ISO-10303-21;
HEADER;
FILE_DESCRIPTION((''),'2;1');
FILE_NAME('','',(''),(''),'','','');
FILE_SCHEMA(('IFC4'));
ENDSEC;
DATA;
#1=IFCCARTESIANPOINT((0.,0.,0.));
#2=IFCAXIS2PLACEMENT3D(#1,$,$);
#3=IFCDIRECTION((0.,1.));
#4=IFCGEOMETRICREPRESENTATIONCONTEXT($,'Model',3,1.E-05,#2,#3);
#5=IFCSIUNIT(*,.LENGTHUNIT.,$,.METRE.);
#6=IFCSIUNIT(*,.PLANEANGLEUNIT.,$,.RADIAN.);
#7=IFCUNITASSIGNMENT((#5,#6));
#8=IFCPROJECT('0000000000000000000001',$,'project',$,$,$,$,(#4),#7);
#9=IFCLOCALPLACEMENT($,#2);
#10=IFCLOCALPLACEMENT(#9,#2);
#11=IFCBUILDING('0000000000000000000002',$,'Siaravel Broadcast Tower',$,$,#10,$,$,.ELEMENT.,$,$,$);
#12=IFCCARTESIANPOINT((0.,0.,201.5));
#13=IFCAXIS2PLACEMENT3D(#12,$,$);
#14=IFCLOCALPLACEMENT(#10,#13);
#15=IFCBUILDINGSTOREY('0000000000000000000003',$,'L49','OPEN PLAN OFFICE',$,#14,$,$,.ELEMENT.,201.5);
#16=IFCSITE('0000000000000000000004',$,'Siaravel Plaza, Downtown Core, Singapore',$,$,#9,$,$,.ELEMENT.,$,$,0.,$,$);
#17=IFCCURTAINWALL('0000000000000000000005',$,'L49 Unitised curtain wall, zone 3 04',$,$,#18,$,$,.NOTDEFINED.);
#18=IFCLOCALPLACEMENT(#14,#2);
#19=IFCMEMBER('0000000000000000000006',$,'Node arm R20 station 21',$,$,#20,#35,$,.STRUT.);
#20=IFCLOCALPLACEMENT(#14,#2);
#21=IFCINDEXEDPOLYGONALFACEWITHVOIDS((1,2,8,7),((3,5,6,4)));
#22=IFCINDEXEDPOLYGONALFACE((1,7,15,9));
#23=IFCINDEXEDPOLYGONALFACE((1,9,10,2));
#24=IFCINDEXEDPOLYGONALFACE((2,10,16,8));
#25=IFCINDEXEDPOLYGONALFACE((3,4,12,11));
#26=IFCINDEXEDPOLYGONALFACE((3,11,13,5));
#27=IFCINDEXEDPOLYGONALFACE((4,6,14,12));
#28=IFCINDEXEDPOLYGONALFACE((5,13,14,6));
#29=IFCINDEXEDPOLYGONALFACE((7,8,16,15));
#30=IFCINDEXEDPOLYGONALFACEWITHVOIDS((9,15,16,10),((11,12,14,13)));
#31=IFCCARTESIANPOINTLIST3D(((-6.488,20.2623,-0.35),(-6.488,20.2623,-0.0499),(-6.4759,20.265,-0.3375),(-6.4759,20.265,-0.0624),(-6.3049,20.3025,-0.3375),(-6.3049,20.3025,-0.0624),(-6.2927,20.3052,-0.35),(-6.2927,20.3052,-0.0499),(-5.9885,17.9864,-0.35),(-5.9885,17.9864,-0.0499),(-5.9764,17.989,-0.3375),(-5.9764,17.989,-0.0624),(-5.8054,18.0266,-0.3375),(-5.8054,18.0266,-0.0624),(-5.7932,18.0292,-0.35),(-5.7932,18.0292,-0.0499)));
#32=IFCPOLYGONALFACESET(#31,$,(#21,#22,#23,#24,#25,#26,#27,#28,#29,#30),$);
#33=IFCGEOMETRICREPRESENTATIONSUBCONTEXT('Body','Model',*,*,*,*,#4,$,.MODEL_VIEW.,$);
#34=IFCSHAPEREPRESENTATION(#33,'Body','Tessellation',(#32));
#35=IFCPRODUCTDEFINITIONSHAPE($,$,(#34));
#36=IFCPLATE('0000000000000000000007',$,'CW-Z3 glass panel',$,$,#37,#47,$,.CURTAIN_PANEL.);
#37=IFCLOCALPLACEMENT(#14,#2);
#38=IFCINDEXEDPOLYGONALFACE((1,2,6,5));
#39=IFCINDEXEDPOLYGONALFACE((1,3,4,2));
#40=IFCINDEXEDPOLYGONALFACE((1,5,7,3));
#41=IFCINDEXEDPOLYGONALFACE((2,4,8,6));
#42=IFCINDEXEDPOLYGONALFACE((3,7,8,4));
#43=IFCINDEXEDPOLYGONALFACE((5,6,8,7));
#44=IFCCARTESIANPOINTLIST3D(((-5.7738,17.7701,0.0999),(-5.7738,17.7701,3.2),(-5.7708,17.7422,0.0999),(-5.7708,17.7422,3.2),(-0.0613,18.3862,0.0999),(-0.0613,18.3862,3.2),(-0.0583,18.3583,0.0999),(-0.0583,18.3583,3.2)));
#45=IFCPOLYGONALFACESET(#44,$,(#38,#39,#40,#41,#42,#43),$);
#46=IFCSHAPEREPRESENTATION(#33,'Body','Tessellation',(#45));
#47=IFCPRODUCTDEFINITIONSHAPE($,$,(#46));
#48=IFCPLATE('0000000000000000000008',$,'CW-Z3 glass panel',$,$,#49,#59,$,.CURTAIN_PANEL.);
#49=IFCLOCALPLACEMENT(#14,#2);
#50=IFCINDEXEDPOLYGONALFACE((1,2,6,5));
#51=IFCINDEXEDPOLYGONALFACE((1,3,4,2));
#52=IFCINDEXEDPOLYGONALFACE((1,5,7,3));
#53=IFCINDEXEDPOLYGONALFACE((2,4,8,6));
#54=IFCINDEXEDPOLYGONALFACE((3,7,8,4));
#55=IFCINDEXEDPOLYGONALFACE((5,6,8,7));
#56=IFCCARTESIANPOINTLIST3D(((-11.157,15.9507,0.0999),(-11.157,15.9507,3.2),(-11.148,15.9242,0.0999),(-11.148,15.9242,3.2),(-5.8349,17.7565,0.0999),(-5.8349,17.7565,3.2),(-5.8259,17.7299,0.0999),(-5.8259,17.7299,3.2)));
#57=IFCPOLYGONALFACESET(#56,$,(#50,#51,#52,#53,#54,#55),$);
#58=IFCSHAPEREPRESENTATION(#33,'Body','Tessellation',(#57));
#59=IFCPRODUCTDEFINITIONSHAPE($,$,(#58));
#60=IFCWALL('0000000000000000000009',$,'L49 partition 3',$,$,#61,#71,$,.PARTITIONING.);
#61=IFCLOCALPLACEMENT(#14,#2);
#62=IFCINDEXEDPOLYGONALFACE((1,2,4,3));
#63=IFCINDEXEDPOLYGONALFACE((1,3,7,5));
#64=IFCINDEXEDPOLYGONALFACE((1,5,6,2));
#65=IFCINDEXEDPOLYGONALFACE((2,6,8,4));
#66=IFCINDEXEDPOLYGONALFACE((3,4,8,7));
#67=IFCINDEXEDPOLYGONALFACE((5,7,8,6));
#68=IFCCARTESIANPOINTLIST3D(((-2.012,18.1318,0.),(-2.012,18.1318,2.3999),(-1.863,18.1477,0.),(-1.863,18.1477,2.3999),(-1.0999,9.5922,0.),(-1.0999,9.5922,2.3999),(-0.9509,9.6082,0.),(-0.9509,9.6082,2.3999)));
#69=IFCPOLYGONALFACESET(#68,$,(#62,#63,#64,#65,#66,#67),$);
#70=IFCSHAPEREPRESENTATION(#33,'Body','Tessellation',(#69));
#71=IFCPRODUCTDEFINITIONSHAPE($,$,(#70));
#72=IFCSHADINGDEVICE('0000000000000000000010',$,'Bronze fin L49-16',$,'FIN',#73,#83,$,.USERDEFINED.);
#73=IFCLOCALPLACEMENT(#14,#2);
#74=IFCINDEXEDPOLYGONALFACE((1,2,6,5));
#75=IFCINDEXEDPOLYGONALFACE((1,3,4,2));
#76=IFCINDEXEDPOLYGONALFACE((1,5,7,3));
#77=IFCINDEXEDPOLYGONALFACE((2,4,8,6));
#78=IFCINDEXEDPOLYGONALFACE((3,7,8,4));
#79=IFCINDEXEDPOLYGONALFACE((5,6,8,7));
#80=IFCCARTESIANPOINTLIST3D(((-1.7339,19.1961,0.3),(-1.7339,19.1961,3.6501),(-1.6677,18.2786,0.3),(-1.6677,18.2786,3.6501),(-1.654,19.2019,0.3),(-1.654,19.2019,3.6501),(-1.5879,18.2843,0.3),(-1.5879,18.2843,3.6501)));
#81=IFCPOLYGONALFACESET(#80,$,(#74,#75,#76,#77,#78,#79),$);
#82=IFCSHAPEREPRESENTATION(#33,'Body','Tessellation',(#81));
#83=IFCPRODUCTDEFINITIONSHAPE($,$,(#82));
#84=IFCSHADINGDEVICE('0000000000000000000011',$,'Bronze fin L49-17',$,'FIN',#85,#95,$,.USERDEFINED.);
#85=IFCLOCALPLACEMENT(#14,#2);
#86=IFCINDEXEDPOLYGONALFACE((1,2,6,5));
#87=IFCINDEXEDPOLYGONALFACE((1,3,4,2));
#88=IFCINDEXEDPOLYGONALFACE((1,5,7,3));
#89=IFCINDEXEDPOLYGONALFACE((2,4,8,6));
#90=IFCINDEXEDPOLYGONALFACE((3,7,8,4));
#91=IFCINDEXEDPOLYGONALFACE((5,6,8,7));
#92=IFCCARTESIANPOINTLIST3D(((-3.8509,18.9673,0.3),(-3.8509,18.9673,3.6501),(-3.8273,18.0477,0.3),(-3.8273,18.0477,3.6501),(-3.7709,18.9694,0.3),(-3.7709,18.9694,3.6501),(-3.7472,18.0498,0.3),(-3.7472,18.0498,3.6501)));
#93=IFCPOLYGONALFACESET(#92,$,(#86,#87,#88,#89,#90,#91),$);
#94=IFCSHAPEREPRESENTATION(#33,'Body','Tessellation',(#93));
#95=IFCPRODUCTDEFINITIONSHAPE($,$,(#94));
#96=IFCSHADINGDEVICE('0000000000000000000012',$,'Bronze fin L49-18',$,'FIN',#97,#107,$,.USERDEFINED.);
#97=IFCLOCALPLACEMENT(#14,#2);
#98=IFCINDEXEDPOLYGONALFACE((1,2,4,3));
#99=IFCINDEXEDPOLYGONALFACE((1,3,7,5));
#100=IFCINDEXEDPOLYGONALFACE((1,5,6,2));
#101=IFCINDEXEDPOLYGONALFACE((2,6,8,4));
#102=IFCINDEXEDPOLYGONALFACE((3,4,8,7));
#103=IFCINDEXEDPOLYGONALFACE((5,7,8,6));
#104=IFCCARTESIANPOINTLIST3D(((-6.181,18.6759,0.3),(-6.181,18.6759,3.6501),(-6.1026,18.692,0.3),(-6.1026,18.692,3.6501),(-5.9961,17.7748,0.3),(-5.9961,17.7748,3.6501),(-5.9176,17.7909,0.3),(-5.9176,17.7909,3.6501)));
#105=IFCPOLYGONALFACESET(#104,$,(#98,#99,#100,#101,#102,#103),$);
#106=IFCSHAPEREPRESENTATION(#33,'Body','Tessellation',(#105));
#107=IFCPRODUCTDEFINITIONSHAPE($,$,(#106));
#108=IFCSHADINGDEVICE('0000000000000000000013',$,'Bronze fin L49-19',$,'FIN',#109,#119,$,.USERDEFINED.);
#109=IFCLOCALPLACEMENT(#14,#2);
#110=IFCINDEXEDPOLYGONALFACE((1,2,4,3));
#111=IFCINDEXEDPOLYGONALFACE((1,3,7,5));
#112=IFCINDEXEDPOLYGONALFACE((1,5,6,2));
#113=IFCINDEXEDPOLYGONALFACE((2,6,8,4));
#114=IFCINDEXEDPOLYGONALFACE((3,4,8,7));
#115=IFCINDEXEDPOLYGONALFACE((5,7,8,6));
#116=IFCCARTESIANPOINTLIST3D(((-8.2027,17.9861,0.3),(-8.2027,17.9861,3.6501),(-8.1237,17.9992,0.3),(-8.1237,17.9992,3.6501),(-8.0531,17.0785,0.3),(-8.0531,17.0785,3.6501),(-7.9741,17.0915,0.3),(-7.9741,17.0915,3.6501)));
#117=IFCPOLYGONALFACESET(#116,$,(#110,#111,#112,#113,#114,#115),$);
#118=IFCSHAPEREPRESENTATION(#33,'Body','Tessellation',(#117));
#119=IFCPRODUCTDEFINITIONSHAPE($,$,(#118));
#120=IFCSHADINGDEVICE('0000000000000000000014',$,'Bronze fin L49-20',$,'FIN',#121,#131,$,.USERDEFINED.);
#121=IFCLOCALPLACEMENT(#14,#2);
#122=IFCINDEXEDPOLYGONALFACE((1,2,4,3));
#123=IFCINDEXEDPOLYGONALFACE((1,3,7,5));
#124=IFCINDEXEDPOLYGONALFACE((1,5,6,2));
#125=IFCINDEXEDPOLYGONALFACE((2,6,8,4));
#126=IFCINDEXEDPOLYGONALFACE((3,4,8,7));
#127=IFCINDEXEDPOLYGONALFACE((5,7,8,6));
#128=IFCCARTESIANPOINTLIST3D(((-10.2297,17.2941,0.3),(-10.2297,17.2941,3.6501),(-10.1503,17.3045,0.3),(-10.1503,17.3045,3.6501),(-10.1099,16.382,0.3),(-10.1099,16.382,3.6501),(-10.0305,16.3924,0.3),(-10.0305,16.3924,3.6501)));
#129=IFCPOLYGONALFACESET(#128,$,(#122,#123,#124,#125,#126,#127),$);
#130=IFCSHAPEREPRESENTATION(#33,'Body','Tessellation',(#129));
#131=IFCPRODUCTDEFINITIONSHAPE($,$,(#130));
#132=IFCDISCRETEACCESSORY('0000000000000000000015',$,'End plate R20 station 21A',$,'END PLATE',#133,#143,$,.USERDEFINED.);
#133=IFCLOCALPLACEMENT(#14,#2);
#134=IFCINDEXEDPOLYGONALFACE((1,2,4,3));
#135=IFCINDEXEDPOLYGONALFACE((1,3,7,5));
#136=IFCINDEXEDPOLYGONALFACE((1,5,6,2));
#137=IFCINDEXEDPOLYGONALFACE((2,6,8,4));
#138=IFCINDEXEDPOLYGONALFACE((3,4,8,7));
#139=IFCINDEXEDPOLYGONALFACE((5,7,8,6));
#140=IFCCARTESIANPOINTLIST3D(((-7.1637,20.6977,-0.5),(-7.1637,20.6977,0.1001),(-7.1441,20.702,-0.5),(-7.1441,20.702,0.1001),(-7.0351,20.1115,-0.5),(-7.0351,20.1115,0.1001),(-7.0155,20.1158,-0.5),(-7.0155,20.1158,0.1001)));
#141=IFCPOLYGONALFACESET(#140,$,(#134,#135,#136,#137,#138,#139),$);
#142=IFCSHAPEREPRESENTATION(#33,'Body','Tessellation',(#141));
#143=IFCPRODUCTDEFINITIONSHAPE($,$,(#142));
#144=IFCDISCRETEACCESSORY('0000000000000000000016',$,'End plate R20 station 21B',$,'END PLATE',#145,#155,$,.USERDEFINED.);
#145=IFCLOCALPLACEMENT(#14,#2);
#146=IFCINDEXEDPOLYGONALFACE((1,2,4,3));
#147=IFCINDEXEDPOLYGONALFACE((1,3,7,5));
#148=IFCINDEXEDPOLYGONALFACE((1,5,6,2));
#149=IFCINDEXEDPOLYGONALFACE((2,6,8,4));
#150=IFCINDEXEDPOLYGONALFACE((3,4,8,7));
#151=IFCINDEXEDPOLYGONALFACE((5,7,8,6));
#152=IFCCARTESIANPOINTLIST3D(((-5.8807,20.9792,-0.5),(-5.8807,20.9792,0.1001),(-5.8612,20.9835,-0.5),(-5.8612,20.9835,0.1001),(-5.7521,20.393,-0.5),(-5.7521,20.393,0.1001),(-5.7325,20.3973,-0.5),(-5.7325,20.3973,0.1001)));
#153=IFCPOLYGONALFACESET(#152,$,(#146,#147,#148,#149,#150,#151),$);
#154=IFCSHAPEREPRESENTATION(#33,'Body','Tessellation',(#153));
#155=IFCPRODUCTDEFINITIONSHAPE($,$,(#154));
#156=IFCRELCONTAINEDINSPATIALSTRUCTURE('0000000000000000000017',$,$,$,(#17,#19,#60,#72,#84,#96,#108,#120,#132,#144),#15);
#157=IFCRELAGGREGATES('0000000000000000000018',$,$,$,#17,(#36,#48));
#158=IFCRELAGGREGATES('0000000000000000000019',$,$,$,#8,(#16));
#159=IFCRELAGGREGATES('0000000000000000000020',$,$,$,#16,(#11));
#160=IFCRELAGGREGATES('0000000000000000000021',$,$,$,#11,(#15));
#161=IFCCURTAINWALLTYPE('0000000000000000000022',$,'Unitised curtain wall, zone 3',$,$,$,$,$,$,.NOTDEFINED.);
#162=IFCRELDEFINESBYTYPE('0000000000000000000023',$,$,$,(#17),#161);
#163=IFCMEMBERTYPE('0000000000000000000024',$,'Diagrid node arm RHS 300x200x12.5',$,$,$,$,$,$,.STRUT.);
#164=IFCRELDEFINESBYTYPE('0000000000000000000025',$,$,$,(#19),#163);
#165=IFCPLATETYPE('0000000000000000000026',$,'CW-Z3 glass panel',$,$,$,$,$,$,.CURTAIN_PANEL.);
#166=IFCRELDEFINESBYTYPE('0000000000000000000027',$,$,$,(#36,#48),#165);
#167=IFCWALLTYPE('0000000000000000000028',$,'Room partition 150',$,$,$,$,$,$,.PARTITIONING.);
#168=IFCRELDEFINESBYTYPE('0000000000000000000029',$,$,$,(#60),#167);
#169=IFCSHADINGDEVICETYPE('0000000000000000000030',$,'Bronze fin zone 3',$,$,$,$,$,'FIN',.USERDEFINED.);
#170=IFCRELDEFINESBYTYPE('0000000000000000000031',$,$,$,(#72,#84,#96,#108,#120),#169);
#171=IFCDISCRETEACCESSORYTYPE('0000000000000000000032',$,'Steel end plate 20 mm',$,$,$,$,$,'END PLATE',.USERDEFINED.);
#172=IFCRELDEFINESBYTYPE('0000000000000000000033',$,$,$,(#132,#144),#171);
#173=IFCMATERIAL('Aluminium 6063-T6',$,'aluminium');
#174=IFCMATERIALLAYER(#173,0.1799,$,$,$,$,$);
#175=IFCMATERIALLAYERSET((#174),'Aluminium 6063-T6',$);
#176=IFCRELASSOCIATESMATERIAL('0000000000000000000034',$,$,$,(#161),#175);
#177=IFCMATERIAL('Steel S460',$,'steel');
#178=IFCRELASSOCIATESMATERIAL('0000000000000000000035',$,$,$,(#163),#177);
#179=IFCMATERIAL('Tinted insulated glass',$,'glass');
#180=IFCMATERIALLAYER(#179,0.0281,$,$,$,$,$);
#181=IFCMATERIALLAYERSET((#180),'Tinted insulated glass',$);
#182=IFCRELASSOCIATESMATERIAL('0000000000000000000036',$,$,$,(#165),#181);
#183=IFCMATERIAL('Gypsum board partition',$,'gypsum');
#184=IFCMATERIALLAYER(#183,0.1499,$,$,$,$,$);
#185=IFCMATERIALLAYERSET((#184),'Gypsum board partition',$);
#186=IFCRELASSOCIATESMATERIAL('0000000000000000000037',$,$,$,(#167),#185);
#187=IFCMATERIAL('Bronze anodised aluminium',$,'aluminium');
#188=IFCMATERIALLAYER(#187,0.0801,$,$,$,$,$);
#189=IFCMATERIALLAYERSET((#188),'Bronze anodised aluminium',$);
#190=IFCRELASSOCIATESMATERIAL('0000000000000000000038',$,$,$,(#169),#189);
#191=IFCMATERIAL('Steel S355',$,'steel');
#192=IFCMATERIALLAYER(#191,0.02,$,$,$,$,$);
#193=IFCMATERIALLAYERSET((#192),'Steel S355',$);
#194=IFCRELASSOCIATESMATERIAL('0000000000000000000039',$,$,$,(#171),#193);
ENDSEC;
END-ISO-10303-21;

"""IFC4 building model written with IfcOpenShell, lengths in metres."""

from ifc_helpers import new_model, si_unit, direction, frame, frame_2d, origin, origin_2d, place, context, subcontext, project, spatial, rectangle, hollow_rectangle, extrude, material, layer, layer_set, material_profile, profile_set, type_object, element, aggregate, save


model = new_model("IFC4")

# Units and contexts
model_context = context("Model", 3, precision=1e-05, world=origin(), true_north=direction((0.0, 1.0)))
body_context = subcontext(model_context, "Body", "Model", "MODEL_VIEW")
ifc_project = project(units=[si_unit("LENGTHUNIT", "METRE"), si_unit("PLANEANGLEUNIT", "RADIAN")], contexts=[model_context])

# Site, building, storey
site_placement = place(None, origin())
site = spatial("IfcSite", under=ifc_project, at=site_placement, Name="Siaravel Plaza, Downtown Core, Singapore", CompositionType="ELEMENT", RefElevation=0.0)
building_placement = place(site_placement, origin())
building = spatial("IfcBuilding", under=site, at=building_placement, Name="Siaravel Broadcast Tower", CompositionType="ELEMENT")
storey_placement = place(building_placement, frame((0.0, 0.0, 201.5)))
storey = spatial("IfcBuildingStorey", under=building, at=storey_placement, Name="L49", Description="OPEN PLAN OFFICE", CompositionType="ELEMENT", Elevation=201.5)

# Shared definitions
ifc_material_1 = material(Name="Steel S355", Category="steel")

# Curtain wall
ifc_material_2 = material(Name="Aluminium 6063-T6", Category="aluminium")
ifc_layer_1 = layer(ifc_material_2, 0.1799)
ifc_layer_set_1 = layer_set([ifc_layer_1], Name="Aluminium 6063-T6")
curtain_wall_type = type_object("IfcCurtainWallType", Name="Unitised curtain wall, zone 3", PredefinedType="NOTDEFINED", material=ifc_layer_set_1)
curtain_wall_placement = place(storey_placement, origin())
curtain_wall = element("IfcCurtainWall", 1, at=curtain_wall_placement, inside=storey, type_object=curtain_wall_type, Name="L49 Unitised curtain wall, zone 3 04", PredefinedType="NOTDEFINED")

# Member
ifc_material_3 = material(Name="Steel S460", Category="steel")
ifc_material_profile_1 = material_profile(ifc_material_3, hollow_rectangle(XDim=0.2, YDim=0.3, WallThickness=0.0125, at=origin_2d()))
ifc_profile_set_1 = profile_set([ifc_material_profile_1], Name="Steel S460")
member_type_1 = type_object("IfcMemberType", Name="Diagrid node arm RHS 300x200x12.5", PredefinedType="STRUT", material=ifc_profile_set_1)
member_1_placement = place(storey_placement, frame((-5.8909, 18.0078, -0.2), z_axis=(-0.214378, 0.976751, 0.0), x_axis=(-0.976751, -0.214378, 0.0)))
element("IfcMember", 2, at=member_1_placement, inside=storey, type_object=member_type_1, Name="Node arm R20 station 21", PredefinedType="STRUT", context=body_context, shape_type="SweptSolid", body=[
    extrude(hollow_rectangle(XDim=0.2, YDim=0.3, WallThickness=0.0125, at=origin_2d()), origin(), (0.0, 0.0, 1.0), 2.3301),
])

# Plates
ifc_material_4 = material(Name="Tinted insulated glass", Category="glass")
ifc_layer_2 = layer(ifc_material_4, 0.0281)
ifc_layer_set_2 = layer_set([ifc_layer_2], Name="Tinted insulated glass")
plate_type = type_object("IfcPlateType", Name="CW-Z3 glass panel", PredefinedType="CURTAIN_PANEL", material=ifc_layer_set_2)
plate_1_placement = place(storey_placement, frame((-2.916, 18.0642, 0.0999), z_axis=(0.0, 0.0, 1.0), x_axis=(-0.994236, -0.107218, 0.0)))
plate_1 = element("IfcPlate", 3, at=plate_1_placement, type_object=plate_type, Name="CW-Z3 glass panel", PredefinedType="CURTAIN_PANEL", context=body_context, shape_type="SweptSolid", body=[
    extrude(rectangle(XDim=5.7456, YDim=0.0281, at=origin_2d()), origin(), (0.0, 0.0, 1.0), 3.1001),
])
plate_2_placement = place(storey_placement, frame((-8.4915, 16.8403, 0.0999), z_axis=(0.0, 0.0, 1.0), x_axis=(-0.946977, -0.321302, 0.0)))
plate_2 = element("IfcPlate", 4, at=plate_2_placement, type_object=plate_type, Name="CW-Z3 glass panel", PredefinedType="CURTAIN_PANEL", context=body_context, shape_type="SweptSolid", body=[
    extrude(rectangle(XDim=5.6201, YDim=0.0281, at=origin_2d()), origin(), (0.0, 0.0, 1.0), 3.1001),
])
aggregate(curtain_wall, [plate_1, plate_2])

# Wall
ifc_material_5 = material(Name="Gypsum board partition", Category="gypsum")
ifc_layer_3 = layer(ifc_material_5, 0.1499)
ifc_layer_set_3 = layer_set([ifc_layer_3], Name="Gypsum board partition")
wall_type = type_object("IfcWallType", Name="Room partition 150", PredefinedType="PARTITIONING", material=ifc_layer_set_3)
wall_placement = place(storey_placement, frame((-1.9375, 18.1396, 0.0), z_axis=(0.0, 0.0, 1.0), x_axis=(0.106206, -0.994344, 0.0)))
element("IfcWall", 5, at=wall_placement, inside=storey, type_object=wall_type, Name="L49 partition 3", PredefinedType="PARTITIONING", context=body_context, shape_type="SweptSolid", body=[
    extrude(rectangle(XDim=8.5881, YDim=0.1499, at=frame_2d((4.2939, 0.0))), origin(), (0.0, 0.0, 1.0), 2.3999),
])

# Shading devices
ifc_material_6 = material(Name="Bronze anodised aluminium", Category="aluminium")
ifc_layer_4 = layer(ifc_material_6, 0.0801)
ifc_layer_set_4 = layer_set([ifc_layer_4], Name="Bronze anodised aluminium")
shading_device_type = type_object("IfcShadingDeviceType", Name="Bronze fin zone 3", ElementType="FIN", PredefinedType="USERDEFINED", material=ifc_layer_set_4)
for number, where, z_axis, x_axis, name in (
    (6, (-1.6609, 18.7402, 0.3), (0.0, 0.0, 1.0), (-0.071938, 0.997409, 0.0), "Bronze fin L49-16"),
    (7, (-3.7991, 18.5085, 0.3), (0.0, 0.0, 1.0), (-0.025674, 0.99967, 0.0), "Bronze fin L49-17"),
    (8, (-6.0493, 18.2334, 0.3), (0.0, 0.0, 1.0), (-0.201028, 0.979585, 0.0), "Bronze fin L49-18"),
    (9, (-8.0884, 17.5388, 0.3), (0.0, 0.0, 1.0), (-0.162627, 0.986688, 0.0), "Bronze fin L49-19"),
    (10, (-10.1301, 16.8433, 0.3), (0.0, 0.0, 1.0), (-0.130234, 0.991483, 0.0), "Bronze fin L49-20"),
):
    element("IfcShadingDevice", number, at=place(storey_placement, frame(where, z_axis=z_axis, x_axis=x_axis)), inside=storey, type_object=shading_device_type, Name=name, ObjectType="FIN", PredefinedType="USERDEFINED", context=body_context, shape_type="SweptSolid", body=[
        extrude(rectangle(XDim=0.9199, YDim=0.0801, at=origin_2d()), origin(), (0.0, 0.0, 1.0), 3.3501),
    ])

# Discrete accessories
ifc_layer_5 = layer(ifc_material_1, 0.02)
ifc_layer_set_5 = layer_set([ifc_layer_5], Name="Steel S355")
discrete_accessory_type = type_object("IfcDiscreteAccessoryType", Name="Steel end plate 20 mm", ElementType="END PLATE", PredefinedType="USERDEFINED", material=ifc_layer_set_5)
for number, where, z_axis, x_axis, name in (
    (11, (-7.0896, 20.4067, -0.5), (0.0, 0.0, 1.0), (-0.976751, -0.214377, 0.0), "End plate R20 station 21A"),
    (12, (-5.8066, 20.6882, -0.5), (0.0, 0.0, 1.0), (-0.976751, -0.214377, 0.0), "End plate R20 station 21B"),
):
    element("IfcDiscreteAccessory", number, at=place(storey_placement, frame(where, z_axis=z_axis, x_axis=x_axis)), inside=storey, type_object=discrete_accessory_type, Name=name, ObjectType="END PLATE", PredefinedType="USERDEFINED", context=body_context, shape_type="SweptSolid", body=[
        extrude(rectangle(XDim=0.02, YDim=0.6001, at=origin_2d()), origin(), (0.0, 0.0, 1.0), 0.6001),
    ])

save(model, "model.ifc")
